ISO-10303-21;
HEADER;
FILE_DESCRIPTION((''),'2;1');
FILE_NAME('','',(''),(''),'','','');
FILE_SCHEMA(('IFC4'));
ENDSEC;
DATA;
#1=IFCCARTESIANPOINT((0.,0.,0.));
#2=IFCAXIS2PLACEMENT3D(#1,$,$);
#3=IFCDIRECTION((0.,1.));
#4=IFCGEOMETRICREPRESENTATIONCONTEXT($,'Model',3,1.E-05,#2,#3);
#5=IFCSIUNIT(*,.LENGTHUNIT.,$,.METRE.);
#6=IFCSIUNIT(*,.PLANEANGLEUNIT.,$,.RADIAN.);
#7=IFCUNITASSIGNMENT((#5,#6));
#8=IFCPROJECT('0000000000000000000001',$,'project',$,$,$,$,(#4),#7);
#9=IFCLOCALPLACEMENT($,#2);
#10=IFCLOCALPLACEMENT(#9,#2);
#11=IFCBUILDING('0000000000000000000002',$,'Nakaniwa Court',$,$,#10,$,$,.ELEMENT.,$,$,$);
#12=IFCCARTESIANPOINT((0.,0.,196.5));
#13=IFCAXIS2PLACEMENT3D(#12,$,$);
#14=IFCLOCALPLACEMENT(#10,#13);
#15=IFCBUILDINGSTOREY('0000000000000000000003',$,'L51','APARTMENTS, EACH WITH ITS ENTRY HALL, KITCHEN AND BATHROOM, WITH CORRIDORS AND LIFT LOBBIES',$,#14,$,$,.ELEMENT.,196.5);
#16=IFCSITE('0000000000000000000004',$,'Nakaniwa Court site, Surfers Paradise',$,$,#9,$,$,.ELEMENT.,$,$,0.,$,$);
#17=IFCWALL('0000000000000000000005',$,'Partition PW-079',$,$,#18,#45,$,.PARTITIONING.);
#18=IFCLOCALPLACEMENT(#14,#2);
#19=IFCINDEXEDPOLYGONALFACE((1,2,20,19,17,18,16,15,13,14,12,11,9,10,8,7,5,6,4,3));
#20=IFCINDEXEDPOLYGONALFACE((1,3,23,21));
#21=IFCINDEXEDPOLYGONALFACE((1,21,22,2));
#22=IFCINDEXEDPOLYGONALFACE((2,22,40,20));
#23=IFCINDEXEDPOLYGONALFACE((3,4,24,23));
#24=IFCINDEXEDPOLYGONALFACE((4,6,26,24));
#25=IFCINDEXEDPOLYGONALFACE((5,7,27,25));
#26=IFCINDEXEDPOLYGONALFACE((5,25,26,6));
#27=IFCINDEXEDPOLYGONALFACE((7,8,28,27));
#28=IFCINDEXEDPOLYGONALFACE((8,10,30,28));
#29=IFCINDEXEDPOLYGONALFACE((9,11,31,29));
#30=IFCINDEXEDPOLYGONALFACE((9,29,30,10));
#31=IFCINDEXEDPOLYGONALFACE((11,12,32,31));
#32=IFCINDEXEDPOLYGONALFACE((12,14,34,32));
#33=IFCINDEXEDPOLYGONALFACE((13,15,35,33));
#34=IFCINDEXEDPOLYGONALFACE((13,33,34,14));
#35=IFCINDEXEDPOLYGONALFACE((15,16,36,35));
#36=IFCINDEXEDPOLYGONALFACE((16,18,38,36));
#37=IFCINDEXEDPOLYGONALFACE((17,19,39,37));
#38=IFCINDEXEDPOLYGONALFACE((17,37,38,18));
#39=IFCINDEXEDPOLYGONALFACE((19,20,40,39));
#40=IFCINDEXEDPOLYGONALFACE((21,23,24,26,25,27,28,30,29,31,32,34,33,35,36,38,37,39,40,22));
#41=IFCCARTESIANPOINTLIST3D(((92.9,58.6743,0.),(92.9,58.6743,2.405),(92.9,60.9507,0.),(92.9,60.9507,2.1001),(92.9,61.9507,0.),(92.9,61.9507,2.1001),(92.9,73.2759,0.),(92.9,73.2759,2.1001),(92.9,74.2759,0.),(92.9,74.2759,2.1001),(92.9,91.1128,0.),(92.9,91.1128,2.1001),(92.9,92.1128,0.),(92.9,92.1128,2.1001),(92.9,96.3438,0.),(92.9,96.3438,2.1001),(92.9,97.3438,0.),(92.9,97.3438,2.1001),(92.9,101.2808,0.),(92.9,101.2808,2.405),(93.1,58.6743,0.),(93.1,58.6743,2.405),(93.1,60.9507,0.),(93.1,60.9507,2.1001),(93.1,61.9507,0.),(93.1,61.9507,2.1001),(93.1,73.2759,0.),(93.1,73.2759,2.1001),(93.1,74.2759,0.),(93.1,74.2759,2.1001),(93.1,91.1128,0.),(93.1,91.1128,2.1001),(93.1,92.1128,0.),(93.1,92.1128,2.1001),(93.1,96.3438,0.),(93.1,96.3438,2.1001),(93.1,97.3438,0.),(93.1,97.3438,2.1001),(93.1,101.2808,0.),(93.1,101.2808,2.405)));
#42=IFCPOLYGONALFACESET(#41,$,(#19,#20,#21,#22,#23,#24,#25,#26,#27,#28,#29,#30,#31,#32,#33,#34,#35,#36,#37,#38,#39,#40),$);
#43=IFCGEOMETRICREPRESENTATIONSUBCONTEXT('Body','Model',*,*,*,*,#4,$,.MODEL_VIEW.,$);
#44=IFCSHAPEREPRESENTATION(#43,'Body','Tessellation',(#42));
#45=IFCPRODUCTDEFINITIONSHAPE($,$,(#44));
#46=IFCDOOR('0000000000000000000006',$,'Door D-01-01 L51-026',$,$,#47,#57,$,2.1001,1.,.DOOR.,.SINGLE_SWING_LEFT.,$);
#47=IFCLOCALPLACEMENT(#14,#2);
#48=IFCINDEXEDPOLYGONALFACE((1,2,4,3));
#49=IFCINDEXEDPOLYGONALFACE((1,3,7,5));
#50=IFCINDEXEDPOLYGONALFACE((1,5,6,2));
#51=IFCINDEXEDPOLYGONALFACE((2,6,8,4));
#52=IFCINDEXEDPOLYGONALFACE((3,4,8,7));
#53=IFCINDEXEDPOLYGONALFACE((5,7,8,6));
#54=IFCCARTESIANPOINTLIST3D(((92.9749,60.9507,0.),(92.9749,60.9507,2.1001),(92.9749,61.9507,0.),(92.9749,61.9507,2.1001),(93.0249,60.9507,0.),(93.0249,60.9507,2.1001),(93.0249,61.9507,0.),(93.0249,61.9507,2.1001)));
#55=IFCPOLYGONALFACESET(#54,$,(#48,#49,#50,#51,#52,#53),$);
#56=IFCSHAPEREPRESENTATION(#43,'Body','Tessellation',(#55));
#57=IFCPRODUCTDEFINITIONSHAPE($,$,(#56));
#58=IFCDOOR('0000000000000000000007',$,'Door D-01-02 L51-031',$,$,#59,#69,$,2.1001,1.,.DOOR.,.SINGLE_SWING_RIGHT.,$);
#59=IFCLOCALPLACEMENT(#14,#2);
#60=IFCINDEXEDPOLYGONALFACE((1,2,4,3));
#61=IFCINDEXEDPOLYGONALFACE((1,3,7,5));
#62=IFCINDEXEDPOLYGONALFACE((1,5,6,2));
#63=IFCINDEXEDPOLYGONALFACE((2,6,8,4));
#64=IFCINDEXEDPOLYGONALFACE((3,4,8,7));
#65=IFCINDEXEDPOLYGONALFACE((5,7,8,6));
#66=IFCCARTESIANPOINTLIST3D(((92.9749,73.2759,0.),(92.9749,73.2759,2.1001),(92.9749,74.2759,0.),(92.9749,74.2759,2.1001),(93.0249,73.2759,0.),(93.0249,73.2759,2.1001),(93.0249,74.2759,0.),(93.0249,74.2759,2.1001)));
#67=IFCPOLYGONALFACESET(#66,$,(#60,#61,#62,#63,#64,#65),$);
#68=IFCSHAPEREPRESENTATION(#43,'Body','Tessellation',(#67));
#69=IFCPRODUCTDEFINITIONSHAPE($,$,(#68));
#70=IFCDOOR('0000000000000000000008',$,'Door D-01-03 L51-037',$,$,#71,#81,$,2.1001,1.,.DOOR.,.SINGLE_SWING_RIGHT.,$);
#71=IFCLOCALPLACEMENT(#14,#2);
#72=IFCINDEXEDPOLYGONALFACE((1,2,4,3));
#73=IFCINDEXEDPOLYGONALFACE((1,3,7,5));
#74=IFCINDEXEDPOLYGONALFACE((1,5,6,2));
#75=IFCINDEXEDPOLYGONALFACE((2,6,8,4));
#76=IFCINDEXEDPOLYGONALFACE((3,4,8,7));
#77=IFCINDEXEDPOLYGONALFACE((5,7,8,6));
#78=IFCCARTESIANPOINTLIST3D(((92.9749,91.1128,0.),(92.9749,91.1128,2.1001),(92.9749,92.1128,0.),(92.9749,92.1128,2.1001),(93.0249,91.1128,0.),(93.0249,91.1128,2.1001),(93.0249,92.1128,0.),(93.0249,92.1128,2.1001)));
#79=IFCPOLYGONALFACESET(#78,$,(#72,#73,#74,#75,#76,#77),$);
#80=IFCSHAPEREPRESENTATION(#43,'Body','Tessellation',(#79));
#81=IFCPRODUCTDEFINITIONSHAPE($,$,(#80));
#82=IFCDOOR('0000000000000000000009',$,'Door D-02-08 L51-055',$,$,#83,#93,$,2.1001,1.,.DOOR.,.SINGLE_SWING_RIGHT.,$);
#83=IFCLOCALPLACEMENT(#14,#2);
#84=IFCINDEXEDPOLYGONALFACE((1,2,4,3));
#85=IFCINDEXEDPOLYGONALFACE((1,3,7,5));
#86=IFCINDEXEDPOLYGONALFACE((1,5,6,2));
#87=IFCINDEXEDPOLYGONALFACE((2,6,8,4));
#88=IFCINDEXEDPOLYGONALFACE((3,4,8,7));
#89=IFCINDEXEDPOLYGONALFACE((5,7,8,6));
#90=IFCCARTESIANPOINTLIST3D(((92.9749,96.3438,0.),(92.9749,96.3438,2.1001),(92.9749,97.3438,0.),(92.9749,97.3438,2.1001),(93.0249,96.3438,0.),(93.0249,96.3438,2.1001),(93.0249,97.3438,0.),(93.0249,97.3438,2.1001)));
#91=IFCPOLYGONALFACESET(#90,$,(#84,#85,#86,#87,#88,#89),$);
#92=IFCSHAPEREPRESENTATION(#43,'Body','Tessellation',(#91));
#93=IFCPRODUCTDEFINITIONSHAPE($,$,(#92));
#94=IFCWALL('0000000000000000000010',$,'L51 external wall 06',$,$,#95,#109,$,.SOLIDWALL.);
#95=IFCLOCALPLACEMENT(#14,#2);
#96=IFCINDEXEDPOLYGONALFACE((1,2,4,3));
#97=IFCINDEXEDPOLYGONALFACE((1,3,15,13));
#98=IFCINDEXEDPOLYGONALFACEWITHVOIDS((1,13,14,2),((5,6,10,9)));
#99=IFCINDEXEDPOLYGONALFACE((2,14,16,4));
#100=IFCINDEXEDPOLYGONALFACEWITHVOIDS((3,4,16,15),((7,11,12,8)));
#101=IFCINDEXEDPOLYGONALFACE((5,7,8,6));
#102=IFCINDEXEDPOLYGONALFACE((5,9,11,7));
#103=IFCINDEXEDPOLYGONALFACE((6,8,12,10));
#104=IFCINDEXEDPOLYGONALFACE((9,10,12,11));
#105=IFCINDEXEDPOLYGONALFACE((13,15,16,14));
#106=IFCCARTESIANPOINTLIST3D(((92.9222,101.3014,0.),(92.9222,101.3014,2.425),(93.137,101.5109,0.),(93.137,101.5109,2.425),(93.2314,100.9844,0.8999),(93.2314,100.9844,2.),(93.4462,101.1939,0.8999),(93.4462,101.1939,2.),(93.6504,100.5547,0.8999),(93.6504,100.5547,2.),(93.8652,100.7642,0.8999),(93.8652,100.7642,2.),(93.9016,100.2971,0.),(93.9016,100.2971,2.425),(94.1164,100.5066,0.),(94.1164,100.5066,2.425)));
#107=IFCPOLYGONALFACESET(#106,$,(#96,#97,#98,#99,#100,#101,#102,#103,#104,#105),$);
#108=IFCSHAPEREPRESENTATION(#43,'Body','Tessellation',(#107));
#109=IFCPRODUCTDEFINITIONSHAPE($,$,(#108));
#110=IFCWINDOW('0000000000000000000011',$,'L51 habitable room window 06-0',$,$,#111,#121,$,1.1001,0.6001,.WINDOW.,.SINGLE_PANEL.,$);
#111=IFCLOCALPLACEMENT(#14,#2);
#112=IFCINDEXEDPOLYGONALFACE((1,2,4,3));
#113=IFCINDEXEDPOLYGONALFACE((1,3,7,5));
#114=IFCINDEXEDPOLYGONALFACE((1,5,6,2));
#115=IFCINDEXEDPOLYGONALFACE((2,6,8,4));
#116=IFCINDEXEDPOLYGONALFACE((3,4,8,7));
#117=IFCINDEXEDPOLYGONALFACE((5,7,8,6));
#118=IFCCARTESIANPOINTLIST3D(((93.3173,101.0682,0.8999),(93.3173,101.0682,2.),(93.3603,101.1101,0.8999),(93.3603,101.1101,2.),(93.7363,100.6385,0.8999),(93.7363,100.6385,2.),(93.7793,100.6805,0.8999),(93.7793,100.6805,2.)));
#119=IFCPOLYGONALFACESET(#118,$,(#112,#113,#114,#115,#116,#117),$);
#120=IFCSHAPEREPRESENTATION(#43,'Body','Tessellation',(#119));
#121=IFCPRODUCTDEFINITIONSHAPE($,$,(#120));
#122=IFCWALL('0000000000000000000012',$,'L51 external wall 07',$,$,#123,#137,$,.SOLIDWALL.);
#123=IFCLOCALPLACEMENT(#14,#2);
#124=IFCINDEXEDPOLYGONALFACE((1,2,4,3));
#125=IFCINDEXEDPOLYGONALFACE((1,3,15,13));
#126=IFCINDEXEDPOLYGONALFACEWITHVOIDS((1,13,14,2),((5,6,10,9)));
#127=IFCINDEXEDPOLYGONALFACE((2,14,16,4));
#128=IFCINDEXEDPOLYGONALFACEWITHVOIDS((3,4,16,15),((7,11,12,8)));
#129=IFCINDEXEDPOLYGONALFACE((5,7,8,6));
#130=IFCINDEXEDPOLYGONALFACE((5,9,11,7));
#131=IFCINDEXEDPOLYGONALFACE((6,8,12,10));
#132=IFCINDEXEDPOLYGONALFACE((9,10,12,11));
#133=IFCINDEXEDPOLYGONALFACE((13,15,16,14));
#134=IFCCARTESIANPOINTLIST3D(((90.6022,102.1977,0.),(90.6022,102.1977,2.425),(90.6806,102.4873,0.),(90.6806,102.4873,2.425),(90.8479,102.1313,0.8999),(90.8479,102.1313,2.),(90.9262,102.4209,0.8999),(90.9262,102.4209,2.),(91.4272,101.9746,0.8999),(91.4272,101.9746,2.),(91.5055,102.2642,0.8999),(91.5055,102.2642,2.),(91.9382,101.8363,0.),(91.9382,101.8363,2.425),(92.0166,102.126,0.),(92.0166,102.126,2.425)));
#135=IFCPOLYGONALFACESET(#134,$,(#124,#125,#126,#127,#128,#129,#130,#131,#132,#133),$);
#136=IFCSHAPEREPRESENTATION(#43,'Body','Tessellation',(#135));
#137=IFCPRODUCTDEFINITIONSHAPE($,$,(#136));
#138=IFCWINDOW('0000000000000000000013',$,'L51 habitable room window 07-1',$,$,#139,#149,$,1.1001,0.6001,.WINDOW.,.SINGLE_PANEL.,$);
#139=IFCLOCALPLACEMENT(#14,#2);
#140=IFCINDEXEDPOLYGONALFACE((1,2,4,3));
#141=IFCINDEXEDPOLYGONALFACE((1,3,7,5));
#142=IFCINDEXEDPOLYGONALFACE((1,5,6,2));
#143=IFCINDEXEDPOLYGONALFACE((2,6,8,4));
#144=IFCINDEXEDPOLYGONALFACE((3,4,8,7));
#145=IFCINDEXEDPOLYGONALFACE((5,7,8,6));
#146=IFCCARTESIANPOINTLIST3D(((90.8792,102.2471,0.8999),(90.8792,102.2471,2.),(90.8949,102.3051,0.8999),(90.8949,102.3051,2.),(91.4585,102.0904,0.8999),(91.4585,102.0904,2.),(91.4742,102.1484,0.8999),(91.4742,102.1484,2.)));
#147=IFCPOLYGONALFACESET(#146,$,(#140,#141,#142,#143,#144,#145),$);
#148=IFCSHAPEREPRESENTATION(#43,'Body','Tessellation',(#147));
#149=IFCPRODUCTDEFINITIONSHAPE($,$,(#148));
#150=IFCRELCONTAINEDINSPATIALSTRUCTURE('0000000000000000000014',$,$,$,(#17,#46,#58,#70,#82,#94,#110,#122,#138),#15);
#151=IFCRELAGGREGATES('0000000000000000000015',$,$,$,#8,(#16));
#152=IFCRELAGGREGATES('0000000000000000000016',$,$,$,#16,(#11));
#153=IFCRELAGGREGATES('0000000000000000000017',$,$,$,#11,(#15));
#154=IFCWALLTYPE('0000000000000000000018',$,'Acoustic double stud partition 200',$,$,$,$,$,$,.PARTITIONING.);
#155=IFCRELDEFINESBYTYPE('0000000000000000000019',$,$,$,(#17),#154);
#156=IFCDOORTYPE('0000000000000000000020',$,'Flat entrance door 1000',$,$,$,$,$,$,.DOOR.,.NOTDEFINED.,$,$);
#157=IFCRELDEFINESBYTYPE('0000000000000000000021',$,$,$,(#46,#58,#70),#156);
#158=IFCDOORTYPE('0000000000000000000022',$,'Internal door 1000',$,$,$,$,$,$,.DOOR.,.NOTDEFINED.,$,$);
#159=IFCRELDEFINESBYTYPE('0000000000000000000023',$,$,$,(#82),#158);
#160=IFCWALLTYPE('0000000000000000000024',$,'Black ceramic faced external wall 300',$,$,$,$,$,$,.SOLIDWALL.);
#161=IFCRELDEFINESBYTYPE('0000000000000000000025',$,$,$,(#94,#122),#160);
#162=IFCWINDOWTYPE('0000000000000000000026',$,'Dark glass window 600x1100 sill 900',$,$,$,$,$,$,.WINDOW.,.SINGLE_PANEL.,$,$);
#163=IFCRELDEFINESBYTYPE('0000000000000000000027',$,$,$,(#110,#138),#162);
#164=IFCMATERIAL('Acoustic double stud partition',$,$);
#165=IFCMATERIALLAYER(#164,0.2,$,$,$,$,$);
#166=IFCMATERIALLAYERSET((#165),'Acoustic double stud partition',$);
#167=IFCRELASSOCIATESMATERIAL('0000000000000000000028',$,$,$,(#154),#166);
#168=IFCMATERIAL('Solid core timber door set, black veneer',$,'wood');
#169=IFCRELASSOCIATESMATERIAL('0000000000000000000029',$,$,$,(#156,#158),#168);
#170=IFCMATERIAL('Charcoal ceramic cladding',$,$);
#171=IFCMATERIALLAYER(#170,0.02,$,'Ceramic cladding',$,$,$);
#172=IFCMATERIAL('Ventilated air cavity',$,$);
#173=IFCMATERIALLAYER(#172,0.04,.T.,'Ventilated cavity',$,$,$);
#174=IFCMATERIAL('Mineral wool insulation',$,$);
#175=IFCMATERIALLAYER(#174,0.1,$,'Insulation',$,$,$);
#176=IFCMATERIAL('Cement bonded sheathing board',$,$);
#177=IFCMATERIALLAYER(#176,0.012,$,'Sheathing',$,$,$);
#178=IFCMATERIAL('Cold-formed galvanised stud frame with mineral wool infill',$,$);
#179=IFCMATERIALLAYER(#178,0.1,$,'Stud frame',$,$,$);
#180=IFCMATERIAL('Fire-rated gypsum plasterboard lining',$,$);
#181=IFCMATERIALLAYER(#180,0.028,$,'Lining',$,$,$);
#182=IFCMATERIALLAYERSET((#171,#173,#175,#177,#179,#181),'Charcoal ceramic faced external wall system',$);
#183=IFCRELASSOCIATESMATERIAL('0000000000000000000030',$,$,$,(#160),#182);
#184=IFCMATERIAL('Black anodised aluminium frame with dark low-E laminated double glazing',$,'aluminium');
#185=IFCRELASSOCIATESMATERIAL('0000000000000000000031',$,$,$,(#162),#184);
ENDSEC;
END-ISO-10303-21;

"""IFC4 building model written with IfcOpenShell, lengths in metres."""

from ifc_helpers import new_model, si_unit, direction, frame, frame_2d, origin, place, context, subcontext, project, spatial, rectangle, extrude, material, layer, layer_set, type_object, element, fill, save


model = new_model("IFC4")

# Units and contexts
model_context = context("Model", 3, precision=1e-05, world=origin(), true_north=direction((0.0, 1.0)))
body_context = subcontext(model_context, "Body", "Model", "MODEL_VIEW")
ifc_project = project(units=[si_unit("LENGTHUNIT", "METRE"), si_unit("PLANEANGLEUNIT", "RADIAN")], contexts=[model_context])

# Site, building, storey
site_placement = place(None, origin())
site = spatial("IfcSite", under=ifc_project, at=site_placement, Name="Nakaniwa Court site, Surfers Paradise", CompositionType="ELEMENT", RefElevation=0.0)
building_placement = place(site_placement, origin())
building = spatial("IfcBuilding", under=site, at=building_placement, Name="Nakaniwa Court", CompositionType="ELEMENT")
storey_placement = place(building_placement, frame((0.0, 0.0, 196.5)))
storey = spatial("IfcBuildingStorey", under=building, at=storey_placement, Name="L51", Description="APARTMENTS, EACH WITH ITS ENTRY HALL, KITCHEN AND BATHROOM, WITH CORRIDORS AND LIFT LOBBIES", CompositionType="ELEMENT", Elevation=196.5)

# Wall, openings, doors
ifc_material_1 = material(Name="Acoustic double stud partition")
ifc_layer_1 = layer(ifc_material_1, 0.2)
ifc_layer_set_1 = layer_set([ifc_layer_1], Name="Acoustic double stud partition")
wall_type_1 = type_object("IfcWallType", Name="Acoustic double stud partition 200", PredefinedType="PARTITIONING", material=ifc_layer_set_1)
wall_1_placement = place(storey_placement, frame((93.0, 101.2808, 0.0), z_axis=(0.0, 0.0, 1.0), x_axis=(0.0, -1.0, 0.0)))
wall_1 = element("IfcWall", 1, at=wall_1_placement, inside=storey, type_object=wall_type_1, Name="Partition PW-079", PredefinedType="PARTITIONING", context=body_context, shape_type="SweptSolid", body=[
    extrude(rectangle(XDim=42.6064, YDim=0.2, at=frame_2d((21.3032, 0.0))), origin(), (0.0, 0.0, 1.0), 2.405),
])
opening_1_placement = place(wall_1_placement, frame((39.3301, 0.0, 0.0)))
opening_1 = element("IfcOpeningElement", 2, at=opening_1_placement, cuts=wall_1, PredefinedType="OPENING", context=body_context, shape_type="SweptSolid", body=[
    extrude(rectangle(XDim=1.0, YDim=2.1001, at=frame_2d((0.5, 1.05))), frame((0.0, 0.1099, 0.0), z_axis=(0.0, -1.0, 0.0), x_axis=(1.0, 0.0, 0.0)), (0.0, 0.0, 1.0), 0.22),
])
opening_2_placement = place(wall_1_placement, frame((27.0049, 0.0, 0.0)))
opening_2 = element("IfcOpeningElement", 3, at=opening_2_placement, cuts=wall_1, PredefinedType="OPENING", context=body_context, shape_type="SweptSolid", body=[
    extrude(rectangle(XDim=1.0, YDim=2.1001, at=frame_2d((0.5, 1.05))), frame((0.0, 0.1099, 0.0), z_axis=(0.0, -1.0, 0.0), x_axis=(1.0, 0.0, 0.0)), (0.0, 0.0, 1.0), 0.22),
])
opening_3_placement = place(wall_1_placement, frame((9.168, 0.0, 0.0)))
opening_3 = element("IfcOpeningElement", 4, at=opening_3_placement, cuts=wall_1, PredefinedType="OPENING", context=body_context, shape_type="SweptSolid", body=[
    extrude(rectangle(XDim=1.0, YDim=2.1001, at=frame_2d((0.5, 1.05))), frame((0.0, 0.1099, 0.0), z_axis=(0.0, -1.0, 0.0), x_axis=(1.0, 0.0, 0.0)), (0.0, 0.0, 1.0), 0.22),
])
opening_4_placement = place(wall_1_placement, frame((3.937, 0.0, 0.0)))
opening_4 = element("IfcOpeningElement", 5, at=opening_4_placement, cuts=wall_1, PredefinedType="OPENING", context=body_context, shape_type="SweptSolid", body=[
    extrude(rectangle(XDim=1.0, YDim=2.1001, at=frame_2d((0.5, 1.05))), frame((0.0, 0.1099, 0.0), z_axis=(0.0, -1.0, 0.0), x_axis=(1.0, 0.0, 0.0)), (0.0, 0.0, 1.0), 0.22),
])
ifc_material_2 = material(Name="Solid core timber door set, black veneer", Category="wood")
door_type_1 = type_object("IfcDoorType", Name="Flat entrance door 1000", OperationType="NOTDEFINED", PredefinedType="DOOR", material=ifc_material_2)
door_1_placement = place(opening_1_placement, origin())
door_1 = element("IfcDoor", 6, at=door_1_placement, inside=storey, type_object=door_type_1, Name="Door D-01-01 L51-026", OperationType="SINGLE_SWING_LEFT", OverallHeight=2.1001, OverallWidth=1.0, PredefinedType="DOOR", context=body_context, shape_type="SweptSolid", body=[
    extrude(rectangle(XDim=1.0, YDim=2.1001, at=frame_2d((0.5, 1.05))), frame((0.0, 0.0249, 0.0), z_axis=(0.0, -1.0, 0.0), x_axis=(1.0, 0.0, 0.0)), (0.0, 0.0, 1.0), 0.05),
])
fill(opening_1, door_1)
door_2_placement = place(opening_2_placement, origin())
door_2 = element("IfcDoor", 7, at=door_2_placement, inside=storey, type_object=door_type_1, Name="Door D-01-02 L51-031", OperationType="SINGLE_SWING_RIGHT", OverallHeight=2.1001, OverallWidth=1.0, PredefinedType="DOOR", context=body_context, shape_type="SweptSolid", body=[
    extrude(rectangle(XDim=1.0, YDim=2.1001, at=frame_2d((0.5, 1.05))), frame((0.0, 0.0249, 0.0), z_axis=(0.0, -1.0, 0.0), x_axis=(1.0, 0.0, 0.0)), (0.0, 0.0, 1.0), 0.05),
])
fill(opening_2, door_2)
door_3_placement = place(opening_3_placement, origin())
door_3 = element("IfcDoor", 8, at=door_3_placement, inside=storey, type_object=door_type_1, Name="Door D-01-03 L51-037", OperationType="SINGLE_SWING_RIGHT", OverallHeight=2.1001, OverallWidth=1.0, PredefinedType="DOOR", context=body_context, shape_type="SweptSolid", body=[
    extrude(rectangle(XDim=1.0, YDim=2.1001, at=frame_2d((0.5, 1.05))), frame((0.0, 0.0249, 0.0), z_axis=(0.0, -1.0, 0.0), x_axis=(1.0, 0.0, 0.0)), (0.0, 0.0, 1.0), 0.05),
])
fill(opening_3, door_3)
door_type_2 = type_object("IfcDoorType", Name="Internal door 1000", OperationType="NOTDEFINED", PredefinedType="DOOR", material=ifc_material_2)
door_4_placement = place(opening_4_placement, origin())
door_4 = element("IfcDoor", 9, at=door_4_placement, inside=storey, type_object=door_type_2, Name="Door D-02-08 L51-055", OperationType="SINGLE_SWING_RIGHT", OverallHeight=2.1001, OverallWidth=1.0, PredefinedType="DOOR", context=body_context, shape_type="SweptSolid", body=[
    extrude(rectangle(XDim=1.0, YDim=2.1001, at=frame_2d((0.5, 1.05))), frame((0.0, 0.0249, 0.0), z_axis=(0.0, -1.0, 0.0), x_axis=(1.0, 0.0, 0.0)), (0.0, 0.0, 1.0), 0.05),
])
fill(opening_4, door_4)

# Walls, openings, windows
ifc_material_3 = material(Name="Charcoal ceramic cladding")
ifc_layer_2 = layer(ifc_material_3, 0.02, Name="Ceramic cladding")
ifc_material_4 = material(Name="Ventilated air cavity")
ifc_layer_3 = layer(ifc_material_4, 0.04, ventilated=True, Name="Ventilated cavity")
ifc_material_5 = material(Name="Mineral wool insulation")
ifc_layer_4 = layer(ifc_material_5, 0.1, Name="Insulation")
ifc_material_6 = material(Name="Cement bonded sheathing board")
ifc_layer_5 = layer(ifc_material_6, 0.012, Name="Sheathing")
ifc_material_7 = material(Name="Cold-formed galvanised stud frame with mineral wool infill")
ifc_layer_6 = layer(ifc_material_7, 0.1, Name="Stud frame")
ifc_material_8 = material(Name="Fire-rated gypsum plasterboard lining")
ifc_layer_7 = layer(ifc_material_8, 0.028, Name="Lining")
ifc_layer_set_2 = layer_set([ifc_layer_2, ifc_layer_3, ifc_layer_4, ifc_layer_5, ifc_layer_6, ifc_layer_7], Name="Charcoal ceramic faced external wall system")
wall_type_2 = type_object("IfcWallType", Name="Black ceramic faced external wall 300", PredefinedType="SOLIDWALL", material=ifc_layer_set_2)
wall_2_placement = place(storey_placement, frame((94.009, 100.4019, 0.0), z_axis=(0.0, 0.0, 1.0), x_axis=(-0.698176, 0.715926, 0.0)))
wall_2 = element("IfcWall", 10, at=wall_2_placement, inside=storey, type_object=wall_type_2, Name="L51 external wall 06", PredefinedType="SOLIDWALL", context=body_context, shape_type="SweptSolid", body=[
    extrude(rectangle(XDim=1.4028, YDim=0.3, at=frame_2d((0.7014, 0.0))), origin(), (0.0, 0.0, 1.0), 2.425),
])
opening_5_placement = place(wall_2_placement, frame((0.3599, 0.0, 0.8999)))
opening_5 = element("IfcOpeningElement", 11, at=opening_5_placement, cuts=wall_2, PredefinedType="OPENING", context=body_context, shape_type="SweptSolid", body=[
    extrude(rectangle(XDim=0.6001, YDim=1.1001, at=frame_2d((0.3, 0.55))), frame((0.0, 0.1599, 0.0), z_axis=(0.0, -1.0, 0.0), x_axis=(1.0, 0.0, 0.0)), (0.0, 0.0, 1.0), 0.3201),
])
ifc_material_9 = material(Name="Black anodised aluminium frame with dark low-E laminated double glazing", Category="aluminium")
window_type_1 = type_object("IfcWindowType", Name="Dark glass window 600x1100 sill 900", PartitioningType="SINGLE_PANEL", PredefinedType="WINDOW", material=ifc_material_9)
window_1_placement = place(opening_5_placement, origin())
window_1 = element("IfcWindow", 12, at=window_1_placement, inside=storey, type_object=window_type_1, Name="L51 habitable room window 06-0", OverallHeight=1.1001, OverallWidth=0.6001, PartitioningType="SINGLE_PANEL", PredefinedType="WINDOW", context=body_context, shape_type="SweptSolid", body=[
    extrude(rectangle(XDim=0.6001, YDim=1.1001, at=frame_2d((0.3, 0.55))), frame((0.0, 0.03, 0.0), z_axis=(0.0, -1.0, 0.0), x_axis=(1.0, 0.0, 0.0)), (0.0, 0.0, 1.0), 0.0601),
])
fill(opening_5, window_1)
wall_3_placement = place(storey_placement, frame((91.9773, 101.9812, 0.0), z_axis=(0.0, 0.0, 1.0), x_axis=(-0.965315, 0.261087, 0.0)))
wall_3 = element("IfcWall", 13, at=wall_3_placement, inside=storey, type_object=wall_type_2, Name="L51 external wall 07", PredefinedType="SOLIDWALL", context=body_context, shape_type="SweptSolid", body=[
    extrude(rectangle(XDim=1.384, YDim=0.3, at=frame_2d((0.6919, 0.0))), origin(), (0.0, 0.0, 1.0), 2.425),
])
opening_6_placement = place(wall_3_placement, frame((0.5293, 0.0, 0.8999)))
opening_6 = element("IfcOpeningElement", 14, at=opening_6_placement, cuts=wall_3, PredefinedType="OPENING", context=body_context, shape_type="SweptSolid", body=[
    extrude(rectangle(XDim=0.6001, YDim=1.1001, at=frame_2d((0.3, 0.55))), frame((0.0, 0.1599, 0.0), z_axis=(0.0, -1.0, 0.0), x_axis=(1.0, 0.0, 0.0)), (0.0, 0.0, 1.0), 0.3201),
])
window_2_placement = place(opening_6_placement, origin())
window_2 = element("IfcWindow", 15, at=window_2_placement, inside=storey, type_object=window_type_1, Name="L51 habitable room window 07-1", OverallHeight=1.1001, OverallWidth=0.6001, PartitioningType="SINGLE_PANEL", PredefinedType="WINDOW", context=body_context, shape_type="SweptSolid", body=[
    extrude(rectangle(XDim=0.6001, YDim=1.1001, at=frame_2d((0.3, 0.55))), frame((0.0, 0.03, 0.0), z_axis=(0.0, -1.0, 0.0), x_axis=(1.0, 0.0, 0.0)), (0.0, 0.0, 1.0), 0.0601),
])
fill(opening_6, window_2)

save(model, "model.ifc")
